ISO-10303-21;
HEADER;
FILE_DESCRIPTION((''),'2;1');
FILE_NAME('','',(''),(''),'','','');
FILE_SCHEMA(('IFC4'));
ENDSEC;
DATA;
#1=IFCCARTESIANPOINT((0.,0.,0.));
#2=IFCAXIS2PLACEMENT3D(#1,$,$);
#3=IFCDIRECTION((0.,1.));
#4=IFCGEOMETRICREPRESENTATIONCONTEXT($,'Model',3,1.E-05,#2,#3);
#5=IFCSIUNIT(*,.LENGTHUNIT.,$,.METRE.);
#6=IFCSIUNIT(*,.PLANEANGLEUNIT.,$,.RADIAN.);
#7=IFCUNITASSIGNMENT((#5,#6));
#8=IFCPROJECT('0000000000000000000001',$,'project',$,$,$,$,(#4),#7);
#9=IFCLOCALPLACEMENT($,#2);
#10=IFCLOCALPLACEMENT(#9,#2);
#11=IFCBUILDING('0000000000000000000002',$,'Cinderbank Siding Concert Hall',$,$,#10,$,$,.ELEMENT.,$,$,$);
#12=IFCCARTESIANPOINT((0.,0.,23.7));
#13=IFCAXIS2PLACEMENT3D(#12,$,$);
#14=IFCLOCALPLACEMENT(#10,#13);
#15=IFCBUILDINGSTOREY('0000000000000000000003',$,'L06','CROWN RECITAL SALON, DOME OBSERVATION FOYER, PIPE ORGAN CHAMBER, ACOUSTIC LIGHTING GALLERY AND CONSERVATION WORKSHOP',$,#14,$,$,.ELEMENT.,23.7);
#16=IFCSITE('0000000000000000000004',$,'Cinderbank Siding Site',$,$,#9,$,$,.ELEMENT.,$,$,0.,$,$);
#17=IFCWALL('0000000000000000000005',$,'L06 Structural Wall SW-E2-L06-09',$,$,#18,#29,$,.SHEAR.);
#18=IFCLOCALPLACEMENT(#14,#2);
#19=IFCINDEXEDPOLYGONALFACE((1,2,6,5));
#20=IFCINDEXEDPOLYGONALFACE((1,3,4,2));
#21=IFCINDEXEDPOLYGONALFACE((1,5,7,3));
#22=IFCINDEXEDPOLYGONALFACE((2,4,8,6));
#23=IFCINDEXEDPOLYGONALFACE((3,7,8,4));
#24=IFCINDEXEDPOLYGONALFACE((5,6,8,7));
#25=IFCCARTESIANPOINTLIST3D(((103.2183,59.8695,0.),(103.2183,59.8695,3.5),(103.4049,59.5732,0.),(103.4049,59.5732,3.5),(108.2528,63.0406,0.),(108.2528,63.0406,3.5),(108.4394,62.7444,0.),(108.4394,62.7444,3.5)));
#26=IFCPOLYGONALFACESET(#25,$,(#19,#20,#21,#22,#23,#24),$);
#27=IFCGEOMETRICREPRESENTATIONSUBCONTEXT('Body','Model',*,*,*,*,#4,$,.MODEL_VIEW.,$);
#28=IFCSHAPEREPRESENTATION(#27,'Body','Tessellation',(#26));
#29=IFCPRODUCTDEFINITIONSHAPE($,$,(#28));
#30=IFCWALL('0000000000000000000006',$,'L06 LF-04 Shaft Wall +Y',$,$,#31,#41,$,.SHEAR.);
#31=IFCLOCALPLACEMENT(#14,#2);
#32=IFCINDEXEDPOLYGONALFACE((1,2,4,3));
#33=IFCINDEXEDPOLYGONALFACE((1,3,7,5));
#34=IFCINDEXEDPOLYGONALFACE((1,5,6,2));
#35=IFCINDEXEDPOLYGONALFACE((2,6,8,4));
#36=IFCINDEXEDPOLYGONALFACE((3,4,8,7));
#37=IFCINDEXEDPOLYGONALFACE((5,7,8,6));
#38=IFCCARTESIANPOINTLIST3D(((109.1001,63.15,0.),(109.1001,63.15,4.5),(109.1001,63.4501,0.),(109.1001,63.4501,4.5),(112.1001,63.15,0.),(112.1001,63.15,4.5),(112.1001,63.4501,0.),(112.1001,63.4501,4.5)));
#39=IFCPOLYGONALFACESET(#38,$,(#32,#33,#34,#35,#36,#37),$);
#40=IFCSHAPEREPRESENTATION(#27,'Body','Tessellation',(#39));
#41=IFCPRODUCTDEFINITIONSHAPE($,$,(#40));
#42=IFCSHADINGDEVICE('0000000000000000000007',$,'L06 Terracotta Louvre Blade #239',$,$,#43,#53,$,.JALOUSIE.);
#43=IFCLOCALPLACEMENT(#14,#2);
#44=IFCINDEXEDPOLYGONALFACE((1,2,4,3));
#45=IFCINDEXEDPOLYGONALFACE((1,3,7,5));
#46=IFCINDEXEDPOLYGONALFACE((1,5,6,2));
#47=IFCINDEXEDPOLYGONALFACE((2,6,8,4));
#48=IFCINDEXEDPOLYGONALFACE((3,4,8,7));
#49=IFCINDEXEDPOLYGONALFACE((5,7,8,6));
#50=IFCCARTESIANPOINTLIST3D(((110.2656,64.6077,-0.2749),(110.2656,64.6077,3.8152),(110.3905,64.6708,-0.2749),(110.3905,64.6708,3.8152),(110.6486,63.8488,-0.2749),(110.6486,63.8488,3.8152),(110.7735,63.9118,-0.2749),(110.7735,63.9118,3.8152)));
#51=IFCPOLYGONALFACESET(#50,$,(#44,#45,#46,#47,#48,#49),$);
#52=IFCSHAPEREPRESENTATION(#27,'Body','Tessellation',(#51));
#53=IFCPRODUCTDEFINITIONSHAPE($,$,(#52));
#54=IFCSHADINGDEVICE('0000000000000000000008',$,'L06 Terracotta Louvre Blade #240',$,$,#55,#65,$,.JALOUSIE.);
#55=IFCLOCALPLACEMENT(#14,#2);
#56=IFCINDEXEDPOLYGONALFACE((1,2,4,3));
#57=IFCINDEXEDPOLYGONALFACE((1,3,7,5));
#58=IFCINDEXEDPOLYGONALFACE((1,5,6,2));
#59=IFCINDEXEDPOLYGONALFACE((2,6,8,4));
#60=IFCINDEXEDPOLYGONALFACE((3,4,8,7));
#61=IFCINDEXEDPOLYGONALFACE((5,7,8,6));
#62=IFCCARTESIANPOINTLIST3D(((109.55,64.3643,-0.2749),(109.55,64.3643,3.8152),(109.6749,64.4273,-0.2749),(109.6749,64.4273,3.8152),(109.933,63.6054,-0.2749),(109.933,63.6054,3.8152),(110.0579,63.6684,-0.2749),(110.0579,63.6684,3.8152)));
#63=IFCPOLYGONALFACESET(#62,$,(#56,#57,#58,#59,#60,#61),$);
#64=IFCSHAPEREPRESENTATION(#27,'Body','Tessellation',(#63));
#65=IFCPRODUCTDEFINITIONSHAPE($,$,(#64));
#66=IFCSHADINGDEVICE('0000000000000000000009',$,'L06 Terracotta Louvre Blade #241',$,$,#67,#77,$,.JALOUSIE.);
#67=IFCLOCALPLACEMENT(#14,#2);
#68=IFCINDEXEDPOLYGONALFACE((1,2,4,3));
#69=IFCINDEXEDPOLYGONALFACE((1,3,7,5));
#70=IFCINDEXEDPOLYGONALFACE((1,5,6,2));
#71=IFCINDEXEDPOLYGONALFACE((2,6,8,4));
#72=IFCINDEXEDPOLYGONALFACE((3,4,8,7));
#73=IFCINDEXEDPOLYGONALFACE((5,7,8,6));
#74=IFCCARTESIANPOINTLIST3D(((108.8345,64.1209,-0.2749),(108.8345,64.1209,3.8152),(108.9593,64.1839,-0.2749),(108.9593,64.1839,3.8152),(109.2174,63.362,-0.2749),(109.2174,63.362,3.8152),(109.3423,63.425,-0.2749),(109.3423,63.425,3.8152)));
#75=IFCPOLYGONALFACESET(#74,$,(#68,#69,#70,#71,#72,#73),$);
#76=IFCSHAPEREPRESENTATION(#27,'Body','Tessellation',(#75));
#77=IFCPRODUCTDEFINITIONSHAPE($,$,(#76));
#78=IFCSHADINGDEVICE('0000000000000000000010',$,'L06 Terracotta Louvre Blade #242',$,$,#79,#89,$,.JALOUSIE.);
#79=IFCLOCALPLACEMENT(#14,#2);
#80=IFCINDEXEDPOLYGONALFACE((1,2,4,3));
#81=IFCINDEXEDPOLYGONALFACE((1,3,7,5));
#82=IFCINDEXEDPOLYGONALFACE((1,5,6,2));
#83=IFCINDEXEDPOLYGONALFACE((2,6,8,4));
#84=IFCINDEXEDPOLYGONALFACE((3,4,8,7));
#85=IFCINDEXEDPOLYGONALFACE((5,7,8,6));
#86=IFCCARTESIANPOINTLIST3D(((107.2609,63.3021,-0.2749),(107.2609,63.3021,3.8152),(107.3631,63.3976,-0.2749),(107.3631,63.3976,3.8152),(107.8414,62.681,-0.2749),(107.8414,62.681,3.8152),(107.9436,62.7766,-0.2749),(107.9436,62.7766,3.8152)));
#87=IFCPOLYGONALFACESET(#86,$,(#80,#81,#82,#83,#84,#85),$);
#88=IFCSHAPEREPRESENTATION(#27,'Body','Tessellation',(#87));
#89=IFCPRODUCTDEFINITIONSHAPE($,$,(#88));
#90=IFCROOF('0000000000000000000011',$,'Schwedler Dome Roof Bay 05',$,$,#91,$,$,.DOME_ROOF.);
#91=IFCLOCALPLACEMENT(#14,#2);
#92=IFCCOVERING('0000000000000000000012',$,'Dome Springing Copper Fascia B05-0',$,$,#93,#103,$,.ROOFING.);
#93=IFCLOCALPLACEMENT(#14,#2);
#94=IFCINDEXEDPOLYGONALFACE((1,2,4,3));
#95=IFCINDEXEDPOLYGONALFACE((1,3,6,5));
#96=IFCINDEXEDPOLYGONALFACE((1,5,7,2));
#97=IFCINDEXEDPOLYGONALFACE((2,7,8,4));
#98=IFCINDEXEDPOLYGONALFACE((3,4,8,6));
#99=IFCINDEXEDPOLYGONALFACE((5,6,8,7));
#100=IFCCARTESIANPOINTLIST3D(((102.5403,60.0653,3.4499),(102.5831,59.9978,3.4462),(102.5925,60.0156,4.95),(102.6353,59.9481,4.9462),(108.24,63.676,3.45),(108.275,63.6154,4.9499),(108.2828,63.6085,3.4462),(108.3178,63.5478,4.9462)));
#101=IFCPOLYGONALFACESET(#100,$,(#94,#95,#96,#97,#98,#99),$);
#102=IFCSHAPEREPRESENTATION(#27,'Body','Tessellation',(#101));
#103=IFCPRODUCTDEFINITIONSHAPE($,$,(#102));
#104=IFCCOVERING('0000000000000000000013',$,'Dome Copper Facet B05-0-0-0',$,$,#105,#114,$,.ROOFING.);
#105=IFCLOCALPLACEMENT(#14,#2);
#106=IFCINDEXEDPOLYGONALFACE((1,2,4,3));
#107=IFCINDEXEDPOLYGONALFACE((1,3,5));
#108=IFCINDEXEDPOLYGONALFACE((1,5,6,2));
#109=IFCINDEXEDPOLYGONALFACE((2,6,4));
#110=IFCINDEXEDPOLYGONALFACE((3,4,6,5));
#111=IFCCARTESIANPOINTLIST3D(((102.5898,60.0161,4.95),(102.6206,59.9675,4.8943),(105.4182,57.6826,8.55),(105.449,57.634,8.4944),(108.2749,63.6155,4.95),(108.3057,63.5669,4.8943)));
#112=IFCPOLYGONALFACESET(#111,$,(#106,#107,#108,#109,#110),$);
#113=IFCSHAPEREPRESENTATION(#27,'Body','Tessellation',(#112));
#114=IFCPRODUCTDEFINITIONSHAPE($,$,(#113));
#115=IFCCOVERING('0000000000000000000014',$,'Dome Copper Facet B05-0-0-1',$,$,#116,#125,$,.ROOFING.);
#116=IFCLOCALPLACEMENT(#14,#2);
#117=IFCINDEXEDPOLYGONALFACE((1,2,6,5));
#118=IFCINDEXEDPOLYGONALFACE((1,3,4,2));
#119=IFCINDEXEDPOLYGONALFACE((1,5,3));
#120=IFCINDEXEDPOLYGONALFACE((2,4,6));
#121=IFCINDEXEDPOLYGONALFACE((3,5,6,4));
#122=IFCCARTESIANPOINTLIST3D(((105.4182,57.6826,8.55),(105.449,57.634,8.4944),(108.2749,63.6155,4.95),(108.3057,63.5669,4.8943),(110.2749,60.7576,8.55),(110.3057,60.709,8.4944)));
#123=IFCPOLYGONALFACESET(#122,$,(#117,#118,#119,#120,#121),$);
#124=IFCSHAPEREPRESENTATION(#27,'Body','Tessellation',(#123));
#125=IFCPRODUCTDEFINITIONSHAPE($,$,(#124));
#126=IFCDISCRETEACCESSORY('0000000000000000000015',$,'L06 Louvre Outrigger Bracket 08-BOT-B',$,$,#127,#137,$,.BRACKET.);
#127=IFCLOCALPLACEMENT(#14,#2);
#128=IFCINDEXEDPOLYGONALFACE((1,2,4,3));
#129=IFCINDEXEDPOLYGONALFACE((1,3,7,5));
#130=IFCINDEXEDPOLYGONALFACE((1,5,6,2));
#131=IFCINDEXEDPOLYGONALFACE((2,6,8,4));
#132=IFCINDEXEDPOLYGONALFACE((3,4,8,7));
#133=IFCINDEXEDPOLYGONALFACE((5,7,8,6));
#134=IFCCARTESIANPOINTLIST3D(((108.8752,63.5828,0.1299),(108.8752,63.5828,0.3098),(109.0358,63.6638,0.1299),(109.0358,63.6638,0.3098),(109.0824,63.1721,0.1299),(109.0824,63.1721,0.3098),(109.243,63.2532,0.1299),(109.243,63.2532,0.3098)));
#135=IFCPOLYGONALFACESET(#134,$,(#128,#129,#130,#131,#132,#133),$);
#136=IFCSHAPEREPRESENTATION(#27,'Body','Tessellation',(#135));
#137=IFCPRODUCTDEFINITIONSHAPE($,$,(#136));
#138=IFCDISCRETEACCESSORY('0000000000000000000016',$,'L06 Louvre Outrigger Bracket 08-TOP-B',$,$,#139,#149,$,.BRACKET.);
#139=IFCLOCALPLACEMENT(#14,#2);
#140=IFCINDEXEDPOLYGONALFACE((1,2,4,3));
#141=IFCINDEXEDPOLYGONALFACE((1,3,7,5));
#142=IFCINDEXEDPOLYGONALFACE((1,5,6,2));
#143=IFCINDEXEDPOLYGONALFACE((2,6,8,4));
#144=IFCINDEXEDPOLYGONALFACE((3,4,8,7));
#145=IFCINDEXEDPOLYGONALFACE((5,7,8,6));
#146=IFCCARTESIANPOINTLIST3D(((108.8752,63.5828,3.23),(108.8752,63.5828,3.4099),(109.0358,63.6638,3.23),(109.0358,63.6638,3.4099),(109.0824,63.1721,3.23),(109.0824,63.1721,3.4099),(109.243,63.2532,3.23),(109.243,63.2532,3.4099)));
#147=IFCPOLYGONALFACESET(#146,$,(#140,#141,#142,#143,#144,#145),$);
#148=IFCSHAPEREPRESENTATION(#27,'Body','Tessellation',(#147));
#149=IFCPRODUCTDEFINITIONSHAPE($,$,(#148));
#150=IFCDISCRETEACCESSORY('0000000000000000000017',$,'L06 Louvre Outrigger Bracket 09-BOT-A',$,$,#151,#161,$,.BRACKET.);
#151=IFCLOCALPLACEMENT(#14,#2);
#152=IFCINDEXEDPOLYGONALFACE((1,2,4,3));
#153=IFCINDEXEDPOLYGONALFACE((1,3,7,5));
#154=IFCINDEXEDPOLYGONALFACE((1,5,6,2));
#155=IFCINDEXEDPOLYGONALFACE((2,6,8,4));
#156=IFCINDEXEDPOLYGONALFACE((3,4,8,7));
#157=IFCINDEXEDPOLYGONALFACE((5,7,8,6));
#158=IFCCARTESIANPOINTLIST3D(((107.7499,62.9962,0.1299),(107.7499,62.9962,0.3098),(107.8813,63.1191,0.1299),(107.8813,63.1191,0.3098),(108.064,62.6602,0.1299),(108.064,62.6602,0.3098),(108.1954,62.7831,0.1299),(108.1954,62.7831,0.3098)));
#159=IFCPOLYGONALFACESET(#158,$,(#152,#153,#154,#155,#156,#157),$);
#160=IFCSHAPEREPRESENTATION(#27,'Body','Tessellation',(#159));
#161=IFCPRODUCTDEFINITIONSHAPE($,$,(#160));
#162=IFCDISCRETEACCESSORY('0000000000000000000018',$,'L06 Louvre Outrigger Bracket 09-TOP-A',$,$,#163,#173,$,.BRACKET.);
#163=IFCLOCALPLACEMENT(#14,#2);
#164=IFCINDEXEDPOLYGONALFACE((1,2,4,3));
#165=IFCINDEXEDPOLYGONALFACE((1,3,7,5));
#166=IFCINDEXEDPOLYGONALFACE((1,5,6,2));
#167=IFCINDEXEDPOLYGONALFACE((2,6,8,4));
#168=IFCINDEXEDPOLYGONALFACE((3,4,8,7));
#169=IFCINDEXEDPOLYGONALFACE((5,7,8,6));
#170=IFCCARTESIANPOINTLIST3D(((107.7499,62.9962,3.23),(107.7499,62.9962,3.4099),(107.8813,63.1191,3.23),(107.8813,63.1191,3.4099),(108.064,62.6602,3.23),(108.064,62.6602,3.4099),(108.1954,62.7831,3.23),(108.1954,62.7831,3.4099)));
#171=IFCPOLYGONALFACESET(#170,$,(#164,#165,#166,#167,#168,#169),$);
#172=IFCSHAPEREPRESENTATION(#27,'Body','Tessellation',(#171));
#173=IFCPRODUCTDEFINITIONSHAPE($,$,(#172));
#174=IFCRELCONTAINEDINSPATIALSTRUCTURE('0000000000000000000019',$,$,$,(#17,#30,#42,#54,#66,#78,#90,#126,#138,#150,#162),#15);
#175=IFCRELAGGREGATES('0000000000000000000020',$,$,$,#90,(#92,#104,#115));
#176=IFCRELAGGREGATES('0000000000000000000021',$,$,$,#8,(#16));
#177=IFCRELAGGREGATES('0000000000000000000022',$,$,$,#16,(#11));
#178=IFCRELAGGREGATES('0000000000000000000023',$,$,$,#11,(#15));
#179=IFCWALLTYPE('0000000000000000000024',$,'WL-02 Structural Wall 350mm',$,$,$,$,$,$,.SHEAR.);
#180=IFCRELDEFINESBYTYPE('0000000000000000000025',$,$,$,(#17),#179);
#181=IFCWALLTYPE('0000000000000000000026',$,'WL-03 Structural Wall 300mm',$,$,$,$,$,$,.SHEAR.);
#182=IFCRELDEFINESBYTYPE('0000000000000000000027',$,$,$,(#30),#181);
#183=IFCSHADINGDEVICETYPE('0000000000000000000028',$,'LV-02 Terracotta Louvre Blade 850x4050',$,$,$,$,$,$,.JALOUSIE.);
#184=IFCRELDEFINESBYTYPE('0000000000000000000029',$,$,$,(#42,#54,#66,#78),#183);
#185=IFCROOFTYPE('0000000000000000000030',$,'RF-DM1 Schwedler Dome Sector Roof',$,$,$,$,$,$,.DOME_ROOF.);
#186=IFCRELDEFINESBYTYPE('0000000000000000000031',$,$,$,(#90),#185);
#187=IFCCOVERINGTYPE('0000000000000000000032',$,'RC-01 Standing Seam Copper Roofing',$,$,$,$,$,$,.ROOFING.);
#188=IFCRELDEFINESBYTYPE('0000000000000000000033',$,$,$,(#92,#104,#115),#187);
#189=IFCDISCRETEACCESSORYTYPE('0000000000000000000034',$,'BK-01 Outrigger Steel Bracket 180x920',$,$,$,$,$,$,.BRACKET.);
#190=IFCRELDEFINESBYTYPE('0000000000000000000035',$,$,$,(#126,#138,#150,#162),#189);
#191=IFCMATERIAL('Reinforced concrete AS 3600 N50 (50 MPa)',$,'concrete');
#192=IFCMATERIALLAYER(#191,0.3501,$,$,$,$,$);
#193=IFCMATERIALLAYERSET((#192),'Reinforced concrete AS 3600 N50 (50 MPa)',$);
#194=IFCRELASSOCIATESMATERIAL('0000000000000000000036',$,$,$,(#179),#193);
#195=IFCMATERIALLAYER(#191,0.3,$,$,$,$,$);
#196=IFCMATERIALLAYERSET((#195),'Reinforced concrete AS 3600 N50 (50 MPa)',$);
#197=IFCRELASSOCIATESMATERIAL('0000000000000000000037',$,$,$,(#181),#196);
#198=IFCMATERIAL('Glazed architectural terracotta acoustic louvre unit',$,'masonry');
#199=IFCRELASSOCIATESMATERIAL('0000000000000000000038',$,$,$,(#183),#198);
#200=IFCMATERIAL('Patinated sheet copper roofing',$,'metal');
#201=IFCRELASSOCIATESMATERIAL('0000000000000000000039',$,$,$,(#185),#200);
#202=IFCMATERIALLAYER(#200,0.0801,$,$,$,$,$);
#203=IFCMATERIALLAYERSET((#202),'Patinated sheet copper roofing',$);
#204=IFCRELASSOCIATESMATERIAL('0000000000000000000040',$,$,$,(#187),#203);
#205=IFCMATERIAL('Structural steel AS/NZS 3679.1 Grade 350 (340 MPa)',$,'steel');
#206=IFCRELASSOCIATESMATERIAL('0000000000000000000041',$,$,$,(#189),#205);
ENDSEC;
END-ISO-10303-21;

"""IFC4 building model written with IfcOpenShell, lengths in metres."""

from ifc_helpers import new_model, si_unit, direction, frame, frame_2d, origin, origin_2d, place, context, subcontext, project, spatial, polyline, rectangle, outline, extrude, material, layer, layer_set, type_object, element, aggregate, save


model = new_model("IFC4")

# Units and contexts
model_context = context("Model", 3, precision=1e-05, world=origin(), true_north=direction((0.0, 1.0)))
body_context = subcontext(model_context, "Body", "Model", "MODEL_VIEW")
ifc_project = project(units=[si_unit("LENGTHUNIT", "METRE"), si_unit("PLANEANGLEUNIT", "RADIAN")], contexts=[model_context])

# Site, building, storey
site_placement = place(None, origin())
site = spatial("IfcSite", under=ifc_project, at=site_placement, Name="Cinderbank Siding Site", CompositionType="ELEMENT", RefElevation=0.0)
building_placement = place(site_placement, origin())
building = spatial("IfcBuilding", under=site, at=building_placement, Name="Cinderbank Siding Concert Hall", CompositionType="ELEMENT")
storey_placement = place(building_placement, frame((0.0, 0.0, 23.7)))
storey = spatial("IfcBuildingStorey", under=building, at=storey_placement, Name="L06", Description="CROWN RECITAL SALON, DOME OBSERVATION FOYER, PIPE ORGAN CHAMBER, ACOUSTIC LIGHTING GALLERY AND CONSERVATION WORKSHOP", CompositionType="ELEMENT", Elevation=23.7)

# Walls
ifc_material_1 = material(Name="Reinforced concrete AS 3600 N50 (50 MPa)", Category="concrete")
ifc_layer_1 = layer(ifc_material_1, 0.3501)
ifc_layer_set_1 = layer_set([ifc_layer_1], Name="Reinforced concrete AS 3600 N50 (50 MPa)")
wall_type_1 = type_object("IfcWallType", Name="WL-02 Structural Wall 350mm", PredefinedType="SHEAR", material=ifc_layer_set_1)
wall_1_placement = place(storey_placement, frame((108.3462, 62.8926, 0.0), z_axis=(0.0, 0.0, 1.0), x_axis=(-0.846133, -0.532972, 0.0)))
element("IfcWall", 1, at=wall_1_placement, inside=storey, type_object=wall_type_1, Name="L06 Structural Wall SW-E2-L06-09", PredefinedType="SHEAR", context=body_context, shape_type="SweptSolid", body=[
    extrude(rectangle(XDim=5.95, YDim=0.3501, at=frame_2d((2.9751, 0.0))), origin(), (0.0, 0.0, 1.0), 3.5),
])
ifc_layer_2 = layer(ifc_material_1, 0.3)
ifc_layer_set_2 = layer_set([ifc_layer_2], Name="Reinforced concrete AS 3600 N50 (50 MPa)")
wall_type_2 = type_object("IfcWallType", Name="WL-03 Structural Wall 300mm", PredefinedType="SHEAR", material=ifc_layer_set_2)
wall_2_placement = place(storey_placement, frame((109.1001, 63.3, 0.0), z_axis=(0.0, 0.0, 1.0), x_axis=(1.0, 0.0, 0.0)))
element("IfcWall", 2, at=wall_2_placement, inside=storey, type_object=wall_type_2, Name="L06 LF-04 Shaft Wall +Y", PredefinedType="SHEAR", context=body_context, shape_type="SweptSolid", body=[
    extrude(rectangle(XDim=3.0, YDim=0.3, at=frame_2d((1.5, 0.0))), origin(), (0.0, 0.0, 1.0), 4.5),
])

# Shared definitions
ifc_material_2 = material(Name="Structural steel AS/NZS 3679.1 Grade 350 (340 MPa)", Category="steel")

# Shading devices
ifc_material_3 = material(Name="Glazed architectural terracotta acoustic louvre unit", Category="masonry")
shading_device_type = type_object("IfcShadingDeviceType", Name="LV-02 Terracotta Louvre Blade 850x4050", PredefinedType="JALOUSIE", material=ifc_material_3)
for number, where, z_axis, x_axis, name in (
    (3, (110.5195, 64.2598, -0.2749), (0.0, 0.0, 1.0), (-0.450487, 0.892783, 0.0), "L06 Terracotta Louvre Blade #239"),
    (4, (109.804, 64.0164, -0.2749), (0.0, 0.0, 1.0), (-0.450487, 0.892783, 0.0), "L06 Terracotta Louvre Blade #240"),
    (5, (109.0884, 63.7729, -0.2749), (0.0, 0.0, 1.0), (-0.450487, 0.892783, 0.0), "L06 Terracotta Louvre Blade #241"),
    (6, (107.6023, 63.0393, -0.2749), (0.0, 0.0, 1.0), (-0.682869, 0.730541, 0.0), "L06 Terracotta Louvre Blade #242"),
):
    element("IfcShadingDevice", number, at=place(storey_placement, frame(where, z_axis=z_axis, x_axis=x_axis)), inside=storey, type_object=shading_device_type, Name=name, PredefinedType="JALOUSIE", context=body_context, shape_type="SweptSolid", body=[
        extrude(rectangle(XDim=0.8501, YDim=0.1399, at=origin_2d()), origin(), (0.0, 0.0, 1.0), 4.0901),
    ])

# Roof, coverings
ifc_material_4 = material(Name="Patinated sheet copper roofing", Category="metal")
roof_type = type_object("IfcRoofType", Name="RF-DM1 Schwedler Dome Sector Roof", PredefinedType="DOME_ROOF", material=ifc_material_4)
roof_placement = place(storey_placement, origin())
roof = element("IfcRoof", 7, at=roof_placement, inside=storey, type_object=roof_type, Name="Schwedler Dome Roof Bay 05", PredefinedType="DOME_ROOF")
ifc_layer_3 = layer(ifc_material_4, 0.0801)
ifc_layer_set_3 = layer_set([ifc_layer_3], Name="Patinated sheet copper roofing")
covering_type = type_object("IfcCoveringType", Name="RC-01 Standing Seam Copper Roofing", PredefinedType="ROOFING", material=ifc_layer_set_3)
covering_1_placement = place(storey_placement, frame((108.24, 63.676, 3.45), z_axis=(-0.534567, 0.843842, 0.04657), x_axis=(-0.844759, -0.535147, -0.000001)))
covering_1 = element("IfcCovering", 8, at=covering_1_placement, type_object=covering_type, Name="Dome Springing Copper Fascia B05-0", PredefinedType="ROOFING", context=body_context, shape_type="SweptSolid", body=[
    extrude(outline(polyline([(0.0, 0.0), (6.7471, 0.0), (6.7296, 1.5016), (0.0029, 1.5016), (0.0, 0.0)])), origin(), (0.0, 0.0, -1.0), 0.0801),
])
covering_2_placement = place(storey_placement, frame((108.2749, 63.6155, 4.95), z_axis=(-0.38437, 0.607097, 0.695481), x_axis=(-0.844898, -0.534928, 0.0)))
covering_2 = element("IfcCovering", 9, at=covering_2_placement, type_object=covering_type, Name="Dome Copper Facet B05-0-0-0", PredefinedType="ROOFING", context=body_context, shape_type="SweptSolid", body=[
    extrude(outline(polyline([(0.0, 0.0), (6.7287, 0.0), (5.5873, 5.0103), (0.0, 0.0)])), origin(), (0.0, 0.0, -1.0), 0.0801),
])
covering_3_placement = place(storey_placement, frame((108.2749, 63.6155, 4.95), z_axis=(-0.384376, 0.607098, 0.695476), x_axis=(-0.380654, -0.790555, 0.479714)))
covering_3 = element("IfcCovering", 10, at=covering_3_placement, type_object=covering_type, Name="Dome Copper Facet B05-0-0-1", PredefinedType="ROOFING", context=body_context, shape_type="SweptSolid", body=[
    extrude(outline(polyline([(0.0, 0.0), (7.5047, 0.0), (3.225, 3.8376), (0.0, 0.0)])), origin(), (0.0, 0.0, -1.0), 0.0801),
])
aggregate(roof, [covering_1, covering_2, covering_3])

# Discrete accessories
discrete_accessory_type = type_object("IfcDiscreteAccessoryType", Name="BK-01 Outrigger Steel Bracket 180x920", PredefinedType="BRACKET", material=ifc_material_2)
for number, where, z_axis, x_axis, name in (
    (11, (109.0591, 63.418, 0.1299), (0.0, 0.0, 1.0), (-0.450487, 0.892783, 0.0), "L06 Louvre Outrigger Bracket 08-BOT-B"),
    (12, (109.0591, 63.418, 3.23), (0.0, 0.0, 1.0), (-0.450487, 0.892783, 0.0), "L06 Louvre Outrigger Bracket 08-TOP-B"),
    (13, (107.9727, 62.8896, 0.1299), (0.0, 0.0, 1.0), (-0.682869, 0.730541, 0.0), "L06 Louvre Outrigger Bracket 09-BOT-A"),
    (14, (107.9727, 62.8896, 3.23), (0.0, 0.0, 1.0), (-0.682869, 0.730541, 0.0), "L06 Louvre Outrigger Bracket 09-TOP-A"),
):
    element("IfcDiscreteAccessory", number, at=place(storey_placement, frame(where, z_axis=z_axis, x_axis=x_axis)), inside=storey, type_object=discrete_accessory_type, Name=name, PredefinedType="BRACKET", context=body_context, shape_type="SweptSolid", body=[
        extrude(rectangle(XDim=0.46, YDim=0.1799, at=origin_2d()), origin(), (0.0, 0.0, 1.0), 0.1799),
    ])

save(model, "model.ifc")
